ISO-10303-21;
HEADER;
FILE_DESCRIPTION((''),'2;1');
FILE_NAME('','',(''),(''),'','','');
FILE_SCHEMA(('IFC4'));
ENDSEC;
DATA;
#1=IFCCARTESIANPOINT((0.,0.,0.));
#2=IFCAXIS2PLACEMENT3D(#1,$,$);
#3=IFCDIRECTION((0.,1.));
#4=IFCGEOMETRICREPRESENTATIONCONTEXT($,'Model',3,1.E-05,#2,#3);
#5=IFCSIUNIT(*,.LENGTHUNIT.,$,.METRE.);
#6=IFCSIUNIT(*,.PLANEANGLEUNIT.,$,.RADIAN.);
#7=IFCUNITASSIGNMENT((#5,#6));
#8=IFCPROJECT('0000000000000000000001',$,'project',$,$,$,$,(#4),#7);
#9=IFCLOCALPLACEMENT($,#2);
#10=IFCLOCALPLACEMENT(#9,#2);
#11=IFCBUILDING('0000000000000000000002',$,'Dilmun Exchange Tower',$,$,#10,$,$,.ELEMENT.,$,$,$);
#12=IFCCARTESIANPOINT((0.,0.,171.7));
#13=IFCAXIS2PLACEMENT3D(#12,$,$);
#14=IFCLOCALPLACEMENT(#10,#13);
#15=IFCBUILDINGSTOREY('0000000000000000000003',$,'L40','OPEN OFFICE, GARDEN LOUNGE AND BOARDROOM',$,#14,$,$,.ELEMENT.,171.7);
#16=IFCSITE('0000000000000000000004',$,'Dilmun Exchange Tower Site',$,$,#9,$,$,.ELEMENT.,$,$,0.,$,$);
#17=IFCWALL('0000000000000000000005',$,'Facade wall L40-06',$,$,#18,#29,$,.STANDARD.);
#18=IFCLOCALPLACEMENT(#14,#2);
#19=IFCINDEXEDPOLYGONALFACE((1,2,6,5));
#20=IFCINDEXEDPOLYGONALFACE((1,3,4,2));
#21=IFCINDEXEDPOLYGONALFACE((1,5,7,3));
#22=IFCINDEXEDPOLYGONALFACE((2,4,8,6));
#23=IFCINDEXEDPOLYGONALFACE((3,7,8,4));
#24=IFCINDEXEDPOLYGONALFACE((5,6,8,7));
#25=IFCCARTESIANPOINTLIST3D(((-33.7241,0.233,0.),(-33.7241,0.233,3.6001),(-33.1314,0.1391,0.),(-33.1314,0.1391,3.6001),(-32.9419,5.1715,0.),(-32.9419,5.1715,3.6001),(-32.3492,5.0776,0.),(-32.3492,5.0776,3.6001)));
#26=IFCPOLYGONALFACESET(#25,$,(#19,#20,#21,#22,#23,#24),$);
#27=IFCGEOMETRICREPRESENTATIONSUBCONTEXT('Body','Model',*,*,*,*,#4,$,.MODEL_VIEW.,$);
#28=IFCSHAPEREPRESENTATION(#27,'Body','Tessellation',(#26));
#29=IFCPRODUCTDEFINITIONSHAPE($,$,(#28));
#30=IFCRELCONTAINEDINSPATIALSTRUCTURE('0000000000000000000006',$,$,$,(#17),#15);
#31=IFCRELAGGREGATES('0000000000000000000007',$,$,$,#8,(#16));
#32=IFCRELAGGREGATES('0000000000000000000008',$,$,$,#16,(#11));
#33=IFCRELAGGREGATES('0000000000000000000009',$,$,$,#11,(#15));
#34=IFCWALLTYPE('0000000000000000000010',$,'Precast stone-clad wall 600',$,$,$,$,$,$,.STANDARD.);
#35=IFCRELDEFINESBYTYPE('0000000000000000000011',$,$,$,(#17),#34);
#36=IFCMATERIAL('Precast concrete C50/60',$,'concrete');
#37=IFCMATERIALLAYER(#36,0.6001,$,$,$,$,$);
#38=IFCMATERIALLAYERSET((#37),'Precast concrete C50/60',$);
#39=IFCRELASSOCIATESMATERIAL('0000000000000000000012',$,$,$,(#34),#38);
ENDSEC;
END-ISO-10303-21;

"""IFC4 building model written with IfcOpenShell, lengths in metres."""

from ifc_helpers import new_model, si_unit, direction, frame, frame_2d, origin, place, context, subcontext, project, spatial, rectangle, extrude, material, layer, layer_set, type_object, element, save


model = new_model("IFC4")

# Units and contexts
model_context = context("Model", 3, precision=1e-05, world=origin(), true_north=direction((0.0, 1.0)))
body_context = subcontext(model_context, "Body", "Model", "MODEL_VIEW")
ifc_project = project(units=[si_unit("LENGTHUNIT", "METRE"), si_unit("PLANEANGLEUNIT", "RADIAN")], contexts=[model_context])

# Site, building, storey
site_placement = place(None, origin())
site = spatial("IfcSite", under=ifc_project, at=site_placement, Name="Dilmun Exchange Tower Site", CompositionType="ELEMENT", RefElevation=0.0)
building_placement = place(site_placement, origin())
building = spatial("IfcBuilding", under=site, at=building_placement, Name="Dilmun Exchange Tower", CompositionType="ELEMENT")
storey_placement = place(building_placement, frame((0.0, 0.0, 171.7)))
storey = spatial("IfcBuildingStorey", under=building, at=storey_placement, Name="L40", Description="OPEN OFFICE, GARDEN LOUNGE AND BOARDROOM", CompositionType="ELEMENT", Elevation=171.7)

# Wall
ifc_material_1 = material(Name="Precast concrete C50/60", Category="concrete")
ifc_layer_1 = layer(ifc_material_1, 0.6001)
ifc_layer_set_1 = layer_set([ifc_layer_1], Name="Precast concrete C50/60")
wall_type_1 = type_object("IfcWallType", Name="Precast stone-clad wall 600", PredefinedType="STANDARD", material=ifc_layer_set_1)
wall_1_placement = place(storey_placement, frame((-32.6455, 5.1245, 0.0), z_axis=(0.0, 0.0, 1.0), x_axis=(-0.156444, -0.987687, 0.0)))
element("IfcWall", 1, at=wall_1_placement, inside=storey, type_object=wall_type_1, Name="Facade wall L40-06", PredefinedType="STANDARD", context=body_context, shape_type="SweptSolid", body=[
    extrude(rectangle(XDim=5.0, YDim=0.6001, at=frame_2d((2.5, 0.0))), origin(), (0.0, 0.0, 1.0), 3.6001),
])

save(model, "model.ifc")
